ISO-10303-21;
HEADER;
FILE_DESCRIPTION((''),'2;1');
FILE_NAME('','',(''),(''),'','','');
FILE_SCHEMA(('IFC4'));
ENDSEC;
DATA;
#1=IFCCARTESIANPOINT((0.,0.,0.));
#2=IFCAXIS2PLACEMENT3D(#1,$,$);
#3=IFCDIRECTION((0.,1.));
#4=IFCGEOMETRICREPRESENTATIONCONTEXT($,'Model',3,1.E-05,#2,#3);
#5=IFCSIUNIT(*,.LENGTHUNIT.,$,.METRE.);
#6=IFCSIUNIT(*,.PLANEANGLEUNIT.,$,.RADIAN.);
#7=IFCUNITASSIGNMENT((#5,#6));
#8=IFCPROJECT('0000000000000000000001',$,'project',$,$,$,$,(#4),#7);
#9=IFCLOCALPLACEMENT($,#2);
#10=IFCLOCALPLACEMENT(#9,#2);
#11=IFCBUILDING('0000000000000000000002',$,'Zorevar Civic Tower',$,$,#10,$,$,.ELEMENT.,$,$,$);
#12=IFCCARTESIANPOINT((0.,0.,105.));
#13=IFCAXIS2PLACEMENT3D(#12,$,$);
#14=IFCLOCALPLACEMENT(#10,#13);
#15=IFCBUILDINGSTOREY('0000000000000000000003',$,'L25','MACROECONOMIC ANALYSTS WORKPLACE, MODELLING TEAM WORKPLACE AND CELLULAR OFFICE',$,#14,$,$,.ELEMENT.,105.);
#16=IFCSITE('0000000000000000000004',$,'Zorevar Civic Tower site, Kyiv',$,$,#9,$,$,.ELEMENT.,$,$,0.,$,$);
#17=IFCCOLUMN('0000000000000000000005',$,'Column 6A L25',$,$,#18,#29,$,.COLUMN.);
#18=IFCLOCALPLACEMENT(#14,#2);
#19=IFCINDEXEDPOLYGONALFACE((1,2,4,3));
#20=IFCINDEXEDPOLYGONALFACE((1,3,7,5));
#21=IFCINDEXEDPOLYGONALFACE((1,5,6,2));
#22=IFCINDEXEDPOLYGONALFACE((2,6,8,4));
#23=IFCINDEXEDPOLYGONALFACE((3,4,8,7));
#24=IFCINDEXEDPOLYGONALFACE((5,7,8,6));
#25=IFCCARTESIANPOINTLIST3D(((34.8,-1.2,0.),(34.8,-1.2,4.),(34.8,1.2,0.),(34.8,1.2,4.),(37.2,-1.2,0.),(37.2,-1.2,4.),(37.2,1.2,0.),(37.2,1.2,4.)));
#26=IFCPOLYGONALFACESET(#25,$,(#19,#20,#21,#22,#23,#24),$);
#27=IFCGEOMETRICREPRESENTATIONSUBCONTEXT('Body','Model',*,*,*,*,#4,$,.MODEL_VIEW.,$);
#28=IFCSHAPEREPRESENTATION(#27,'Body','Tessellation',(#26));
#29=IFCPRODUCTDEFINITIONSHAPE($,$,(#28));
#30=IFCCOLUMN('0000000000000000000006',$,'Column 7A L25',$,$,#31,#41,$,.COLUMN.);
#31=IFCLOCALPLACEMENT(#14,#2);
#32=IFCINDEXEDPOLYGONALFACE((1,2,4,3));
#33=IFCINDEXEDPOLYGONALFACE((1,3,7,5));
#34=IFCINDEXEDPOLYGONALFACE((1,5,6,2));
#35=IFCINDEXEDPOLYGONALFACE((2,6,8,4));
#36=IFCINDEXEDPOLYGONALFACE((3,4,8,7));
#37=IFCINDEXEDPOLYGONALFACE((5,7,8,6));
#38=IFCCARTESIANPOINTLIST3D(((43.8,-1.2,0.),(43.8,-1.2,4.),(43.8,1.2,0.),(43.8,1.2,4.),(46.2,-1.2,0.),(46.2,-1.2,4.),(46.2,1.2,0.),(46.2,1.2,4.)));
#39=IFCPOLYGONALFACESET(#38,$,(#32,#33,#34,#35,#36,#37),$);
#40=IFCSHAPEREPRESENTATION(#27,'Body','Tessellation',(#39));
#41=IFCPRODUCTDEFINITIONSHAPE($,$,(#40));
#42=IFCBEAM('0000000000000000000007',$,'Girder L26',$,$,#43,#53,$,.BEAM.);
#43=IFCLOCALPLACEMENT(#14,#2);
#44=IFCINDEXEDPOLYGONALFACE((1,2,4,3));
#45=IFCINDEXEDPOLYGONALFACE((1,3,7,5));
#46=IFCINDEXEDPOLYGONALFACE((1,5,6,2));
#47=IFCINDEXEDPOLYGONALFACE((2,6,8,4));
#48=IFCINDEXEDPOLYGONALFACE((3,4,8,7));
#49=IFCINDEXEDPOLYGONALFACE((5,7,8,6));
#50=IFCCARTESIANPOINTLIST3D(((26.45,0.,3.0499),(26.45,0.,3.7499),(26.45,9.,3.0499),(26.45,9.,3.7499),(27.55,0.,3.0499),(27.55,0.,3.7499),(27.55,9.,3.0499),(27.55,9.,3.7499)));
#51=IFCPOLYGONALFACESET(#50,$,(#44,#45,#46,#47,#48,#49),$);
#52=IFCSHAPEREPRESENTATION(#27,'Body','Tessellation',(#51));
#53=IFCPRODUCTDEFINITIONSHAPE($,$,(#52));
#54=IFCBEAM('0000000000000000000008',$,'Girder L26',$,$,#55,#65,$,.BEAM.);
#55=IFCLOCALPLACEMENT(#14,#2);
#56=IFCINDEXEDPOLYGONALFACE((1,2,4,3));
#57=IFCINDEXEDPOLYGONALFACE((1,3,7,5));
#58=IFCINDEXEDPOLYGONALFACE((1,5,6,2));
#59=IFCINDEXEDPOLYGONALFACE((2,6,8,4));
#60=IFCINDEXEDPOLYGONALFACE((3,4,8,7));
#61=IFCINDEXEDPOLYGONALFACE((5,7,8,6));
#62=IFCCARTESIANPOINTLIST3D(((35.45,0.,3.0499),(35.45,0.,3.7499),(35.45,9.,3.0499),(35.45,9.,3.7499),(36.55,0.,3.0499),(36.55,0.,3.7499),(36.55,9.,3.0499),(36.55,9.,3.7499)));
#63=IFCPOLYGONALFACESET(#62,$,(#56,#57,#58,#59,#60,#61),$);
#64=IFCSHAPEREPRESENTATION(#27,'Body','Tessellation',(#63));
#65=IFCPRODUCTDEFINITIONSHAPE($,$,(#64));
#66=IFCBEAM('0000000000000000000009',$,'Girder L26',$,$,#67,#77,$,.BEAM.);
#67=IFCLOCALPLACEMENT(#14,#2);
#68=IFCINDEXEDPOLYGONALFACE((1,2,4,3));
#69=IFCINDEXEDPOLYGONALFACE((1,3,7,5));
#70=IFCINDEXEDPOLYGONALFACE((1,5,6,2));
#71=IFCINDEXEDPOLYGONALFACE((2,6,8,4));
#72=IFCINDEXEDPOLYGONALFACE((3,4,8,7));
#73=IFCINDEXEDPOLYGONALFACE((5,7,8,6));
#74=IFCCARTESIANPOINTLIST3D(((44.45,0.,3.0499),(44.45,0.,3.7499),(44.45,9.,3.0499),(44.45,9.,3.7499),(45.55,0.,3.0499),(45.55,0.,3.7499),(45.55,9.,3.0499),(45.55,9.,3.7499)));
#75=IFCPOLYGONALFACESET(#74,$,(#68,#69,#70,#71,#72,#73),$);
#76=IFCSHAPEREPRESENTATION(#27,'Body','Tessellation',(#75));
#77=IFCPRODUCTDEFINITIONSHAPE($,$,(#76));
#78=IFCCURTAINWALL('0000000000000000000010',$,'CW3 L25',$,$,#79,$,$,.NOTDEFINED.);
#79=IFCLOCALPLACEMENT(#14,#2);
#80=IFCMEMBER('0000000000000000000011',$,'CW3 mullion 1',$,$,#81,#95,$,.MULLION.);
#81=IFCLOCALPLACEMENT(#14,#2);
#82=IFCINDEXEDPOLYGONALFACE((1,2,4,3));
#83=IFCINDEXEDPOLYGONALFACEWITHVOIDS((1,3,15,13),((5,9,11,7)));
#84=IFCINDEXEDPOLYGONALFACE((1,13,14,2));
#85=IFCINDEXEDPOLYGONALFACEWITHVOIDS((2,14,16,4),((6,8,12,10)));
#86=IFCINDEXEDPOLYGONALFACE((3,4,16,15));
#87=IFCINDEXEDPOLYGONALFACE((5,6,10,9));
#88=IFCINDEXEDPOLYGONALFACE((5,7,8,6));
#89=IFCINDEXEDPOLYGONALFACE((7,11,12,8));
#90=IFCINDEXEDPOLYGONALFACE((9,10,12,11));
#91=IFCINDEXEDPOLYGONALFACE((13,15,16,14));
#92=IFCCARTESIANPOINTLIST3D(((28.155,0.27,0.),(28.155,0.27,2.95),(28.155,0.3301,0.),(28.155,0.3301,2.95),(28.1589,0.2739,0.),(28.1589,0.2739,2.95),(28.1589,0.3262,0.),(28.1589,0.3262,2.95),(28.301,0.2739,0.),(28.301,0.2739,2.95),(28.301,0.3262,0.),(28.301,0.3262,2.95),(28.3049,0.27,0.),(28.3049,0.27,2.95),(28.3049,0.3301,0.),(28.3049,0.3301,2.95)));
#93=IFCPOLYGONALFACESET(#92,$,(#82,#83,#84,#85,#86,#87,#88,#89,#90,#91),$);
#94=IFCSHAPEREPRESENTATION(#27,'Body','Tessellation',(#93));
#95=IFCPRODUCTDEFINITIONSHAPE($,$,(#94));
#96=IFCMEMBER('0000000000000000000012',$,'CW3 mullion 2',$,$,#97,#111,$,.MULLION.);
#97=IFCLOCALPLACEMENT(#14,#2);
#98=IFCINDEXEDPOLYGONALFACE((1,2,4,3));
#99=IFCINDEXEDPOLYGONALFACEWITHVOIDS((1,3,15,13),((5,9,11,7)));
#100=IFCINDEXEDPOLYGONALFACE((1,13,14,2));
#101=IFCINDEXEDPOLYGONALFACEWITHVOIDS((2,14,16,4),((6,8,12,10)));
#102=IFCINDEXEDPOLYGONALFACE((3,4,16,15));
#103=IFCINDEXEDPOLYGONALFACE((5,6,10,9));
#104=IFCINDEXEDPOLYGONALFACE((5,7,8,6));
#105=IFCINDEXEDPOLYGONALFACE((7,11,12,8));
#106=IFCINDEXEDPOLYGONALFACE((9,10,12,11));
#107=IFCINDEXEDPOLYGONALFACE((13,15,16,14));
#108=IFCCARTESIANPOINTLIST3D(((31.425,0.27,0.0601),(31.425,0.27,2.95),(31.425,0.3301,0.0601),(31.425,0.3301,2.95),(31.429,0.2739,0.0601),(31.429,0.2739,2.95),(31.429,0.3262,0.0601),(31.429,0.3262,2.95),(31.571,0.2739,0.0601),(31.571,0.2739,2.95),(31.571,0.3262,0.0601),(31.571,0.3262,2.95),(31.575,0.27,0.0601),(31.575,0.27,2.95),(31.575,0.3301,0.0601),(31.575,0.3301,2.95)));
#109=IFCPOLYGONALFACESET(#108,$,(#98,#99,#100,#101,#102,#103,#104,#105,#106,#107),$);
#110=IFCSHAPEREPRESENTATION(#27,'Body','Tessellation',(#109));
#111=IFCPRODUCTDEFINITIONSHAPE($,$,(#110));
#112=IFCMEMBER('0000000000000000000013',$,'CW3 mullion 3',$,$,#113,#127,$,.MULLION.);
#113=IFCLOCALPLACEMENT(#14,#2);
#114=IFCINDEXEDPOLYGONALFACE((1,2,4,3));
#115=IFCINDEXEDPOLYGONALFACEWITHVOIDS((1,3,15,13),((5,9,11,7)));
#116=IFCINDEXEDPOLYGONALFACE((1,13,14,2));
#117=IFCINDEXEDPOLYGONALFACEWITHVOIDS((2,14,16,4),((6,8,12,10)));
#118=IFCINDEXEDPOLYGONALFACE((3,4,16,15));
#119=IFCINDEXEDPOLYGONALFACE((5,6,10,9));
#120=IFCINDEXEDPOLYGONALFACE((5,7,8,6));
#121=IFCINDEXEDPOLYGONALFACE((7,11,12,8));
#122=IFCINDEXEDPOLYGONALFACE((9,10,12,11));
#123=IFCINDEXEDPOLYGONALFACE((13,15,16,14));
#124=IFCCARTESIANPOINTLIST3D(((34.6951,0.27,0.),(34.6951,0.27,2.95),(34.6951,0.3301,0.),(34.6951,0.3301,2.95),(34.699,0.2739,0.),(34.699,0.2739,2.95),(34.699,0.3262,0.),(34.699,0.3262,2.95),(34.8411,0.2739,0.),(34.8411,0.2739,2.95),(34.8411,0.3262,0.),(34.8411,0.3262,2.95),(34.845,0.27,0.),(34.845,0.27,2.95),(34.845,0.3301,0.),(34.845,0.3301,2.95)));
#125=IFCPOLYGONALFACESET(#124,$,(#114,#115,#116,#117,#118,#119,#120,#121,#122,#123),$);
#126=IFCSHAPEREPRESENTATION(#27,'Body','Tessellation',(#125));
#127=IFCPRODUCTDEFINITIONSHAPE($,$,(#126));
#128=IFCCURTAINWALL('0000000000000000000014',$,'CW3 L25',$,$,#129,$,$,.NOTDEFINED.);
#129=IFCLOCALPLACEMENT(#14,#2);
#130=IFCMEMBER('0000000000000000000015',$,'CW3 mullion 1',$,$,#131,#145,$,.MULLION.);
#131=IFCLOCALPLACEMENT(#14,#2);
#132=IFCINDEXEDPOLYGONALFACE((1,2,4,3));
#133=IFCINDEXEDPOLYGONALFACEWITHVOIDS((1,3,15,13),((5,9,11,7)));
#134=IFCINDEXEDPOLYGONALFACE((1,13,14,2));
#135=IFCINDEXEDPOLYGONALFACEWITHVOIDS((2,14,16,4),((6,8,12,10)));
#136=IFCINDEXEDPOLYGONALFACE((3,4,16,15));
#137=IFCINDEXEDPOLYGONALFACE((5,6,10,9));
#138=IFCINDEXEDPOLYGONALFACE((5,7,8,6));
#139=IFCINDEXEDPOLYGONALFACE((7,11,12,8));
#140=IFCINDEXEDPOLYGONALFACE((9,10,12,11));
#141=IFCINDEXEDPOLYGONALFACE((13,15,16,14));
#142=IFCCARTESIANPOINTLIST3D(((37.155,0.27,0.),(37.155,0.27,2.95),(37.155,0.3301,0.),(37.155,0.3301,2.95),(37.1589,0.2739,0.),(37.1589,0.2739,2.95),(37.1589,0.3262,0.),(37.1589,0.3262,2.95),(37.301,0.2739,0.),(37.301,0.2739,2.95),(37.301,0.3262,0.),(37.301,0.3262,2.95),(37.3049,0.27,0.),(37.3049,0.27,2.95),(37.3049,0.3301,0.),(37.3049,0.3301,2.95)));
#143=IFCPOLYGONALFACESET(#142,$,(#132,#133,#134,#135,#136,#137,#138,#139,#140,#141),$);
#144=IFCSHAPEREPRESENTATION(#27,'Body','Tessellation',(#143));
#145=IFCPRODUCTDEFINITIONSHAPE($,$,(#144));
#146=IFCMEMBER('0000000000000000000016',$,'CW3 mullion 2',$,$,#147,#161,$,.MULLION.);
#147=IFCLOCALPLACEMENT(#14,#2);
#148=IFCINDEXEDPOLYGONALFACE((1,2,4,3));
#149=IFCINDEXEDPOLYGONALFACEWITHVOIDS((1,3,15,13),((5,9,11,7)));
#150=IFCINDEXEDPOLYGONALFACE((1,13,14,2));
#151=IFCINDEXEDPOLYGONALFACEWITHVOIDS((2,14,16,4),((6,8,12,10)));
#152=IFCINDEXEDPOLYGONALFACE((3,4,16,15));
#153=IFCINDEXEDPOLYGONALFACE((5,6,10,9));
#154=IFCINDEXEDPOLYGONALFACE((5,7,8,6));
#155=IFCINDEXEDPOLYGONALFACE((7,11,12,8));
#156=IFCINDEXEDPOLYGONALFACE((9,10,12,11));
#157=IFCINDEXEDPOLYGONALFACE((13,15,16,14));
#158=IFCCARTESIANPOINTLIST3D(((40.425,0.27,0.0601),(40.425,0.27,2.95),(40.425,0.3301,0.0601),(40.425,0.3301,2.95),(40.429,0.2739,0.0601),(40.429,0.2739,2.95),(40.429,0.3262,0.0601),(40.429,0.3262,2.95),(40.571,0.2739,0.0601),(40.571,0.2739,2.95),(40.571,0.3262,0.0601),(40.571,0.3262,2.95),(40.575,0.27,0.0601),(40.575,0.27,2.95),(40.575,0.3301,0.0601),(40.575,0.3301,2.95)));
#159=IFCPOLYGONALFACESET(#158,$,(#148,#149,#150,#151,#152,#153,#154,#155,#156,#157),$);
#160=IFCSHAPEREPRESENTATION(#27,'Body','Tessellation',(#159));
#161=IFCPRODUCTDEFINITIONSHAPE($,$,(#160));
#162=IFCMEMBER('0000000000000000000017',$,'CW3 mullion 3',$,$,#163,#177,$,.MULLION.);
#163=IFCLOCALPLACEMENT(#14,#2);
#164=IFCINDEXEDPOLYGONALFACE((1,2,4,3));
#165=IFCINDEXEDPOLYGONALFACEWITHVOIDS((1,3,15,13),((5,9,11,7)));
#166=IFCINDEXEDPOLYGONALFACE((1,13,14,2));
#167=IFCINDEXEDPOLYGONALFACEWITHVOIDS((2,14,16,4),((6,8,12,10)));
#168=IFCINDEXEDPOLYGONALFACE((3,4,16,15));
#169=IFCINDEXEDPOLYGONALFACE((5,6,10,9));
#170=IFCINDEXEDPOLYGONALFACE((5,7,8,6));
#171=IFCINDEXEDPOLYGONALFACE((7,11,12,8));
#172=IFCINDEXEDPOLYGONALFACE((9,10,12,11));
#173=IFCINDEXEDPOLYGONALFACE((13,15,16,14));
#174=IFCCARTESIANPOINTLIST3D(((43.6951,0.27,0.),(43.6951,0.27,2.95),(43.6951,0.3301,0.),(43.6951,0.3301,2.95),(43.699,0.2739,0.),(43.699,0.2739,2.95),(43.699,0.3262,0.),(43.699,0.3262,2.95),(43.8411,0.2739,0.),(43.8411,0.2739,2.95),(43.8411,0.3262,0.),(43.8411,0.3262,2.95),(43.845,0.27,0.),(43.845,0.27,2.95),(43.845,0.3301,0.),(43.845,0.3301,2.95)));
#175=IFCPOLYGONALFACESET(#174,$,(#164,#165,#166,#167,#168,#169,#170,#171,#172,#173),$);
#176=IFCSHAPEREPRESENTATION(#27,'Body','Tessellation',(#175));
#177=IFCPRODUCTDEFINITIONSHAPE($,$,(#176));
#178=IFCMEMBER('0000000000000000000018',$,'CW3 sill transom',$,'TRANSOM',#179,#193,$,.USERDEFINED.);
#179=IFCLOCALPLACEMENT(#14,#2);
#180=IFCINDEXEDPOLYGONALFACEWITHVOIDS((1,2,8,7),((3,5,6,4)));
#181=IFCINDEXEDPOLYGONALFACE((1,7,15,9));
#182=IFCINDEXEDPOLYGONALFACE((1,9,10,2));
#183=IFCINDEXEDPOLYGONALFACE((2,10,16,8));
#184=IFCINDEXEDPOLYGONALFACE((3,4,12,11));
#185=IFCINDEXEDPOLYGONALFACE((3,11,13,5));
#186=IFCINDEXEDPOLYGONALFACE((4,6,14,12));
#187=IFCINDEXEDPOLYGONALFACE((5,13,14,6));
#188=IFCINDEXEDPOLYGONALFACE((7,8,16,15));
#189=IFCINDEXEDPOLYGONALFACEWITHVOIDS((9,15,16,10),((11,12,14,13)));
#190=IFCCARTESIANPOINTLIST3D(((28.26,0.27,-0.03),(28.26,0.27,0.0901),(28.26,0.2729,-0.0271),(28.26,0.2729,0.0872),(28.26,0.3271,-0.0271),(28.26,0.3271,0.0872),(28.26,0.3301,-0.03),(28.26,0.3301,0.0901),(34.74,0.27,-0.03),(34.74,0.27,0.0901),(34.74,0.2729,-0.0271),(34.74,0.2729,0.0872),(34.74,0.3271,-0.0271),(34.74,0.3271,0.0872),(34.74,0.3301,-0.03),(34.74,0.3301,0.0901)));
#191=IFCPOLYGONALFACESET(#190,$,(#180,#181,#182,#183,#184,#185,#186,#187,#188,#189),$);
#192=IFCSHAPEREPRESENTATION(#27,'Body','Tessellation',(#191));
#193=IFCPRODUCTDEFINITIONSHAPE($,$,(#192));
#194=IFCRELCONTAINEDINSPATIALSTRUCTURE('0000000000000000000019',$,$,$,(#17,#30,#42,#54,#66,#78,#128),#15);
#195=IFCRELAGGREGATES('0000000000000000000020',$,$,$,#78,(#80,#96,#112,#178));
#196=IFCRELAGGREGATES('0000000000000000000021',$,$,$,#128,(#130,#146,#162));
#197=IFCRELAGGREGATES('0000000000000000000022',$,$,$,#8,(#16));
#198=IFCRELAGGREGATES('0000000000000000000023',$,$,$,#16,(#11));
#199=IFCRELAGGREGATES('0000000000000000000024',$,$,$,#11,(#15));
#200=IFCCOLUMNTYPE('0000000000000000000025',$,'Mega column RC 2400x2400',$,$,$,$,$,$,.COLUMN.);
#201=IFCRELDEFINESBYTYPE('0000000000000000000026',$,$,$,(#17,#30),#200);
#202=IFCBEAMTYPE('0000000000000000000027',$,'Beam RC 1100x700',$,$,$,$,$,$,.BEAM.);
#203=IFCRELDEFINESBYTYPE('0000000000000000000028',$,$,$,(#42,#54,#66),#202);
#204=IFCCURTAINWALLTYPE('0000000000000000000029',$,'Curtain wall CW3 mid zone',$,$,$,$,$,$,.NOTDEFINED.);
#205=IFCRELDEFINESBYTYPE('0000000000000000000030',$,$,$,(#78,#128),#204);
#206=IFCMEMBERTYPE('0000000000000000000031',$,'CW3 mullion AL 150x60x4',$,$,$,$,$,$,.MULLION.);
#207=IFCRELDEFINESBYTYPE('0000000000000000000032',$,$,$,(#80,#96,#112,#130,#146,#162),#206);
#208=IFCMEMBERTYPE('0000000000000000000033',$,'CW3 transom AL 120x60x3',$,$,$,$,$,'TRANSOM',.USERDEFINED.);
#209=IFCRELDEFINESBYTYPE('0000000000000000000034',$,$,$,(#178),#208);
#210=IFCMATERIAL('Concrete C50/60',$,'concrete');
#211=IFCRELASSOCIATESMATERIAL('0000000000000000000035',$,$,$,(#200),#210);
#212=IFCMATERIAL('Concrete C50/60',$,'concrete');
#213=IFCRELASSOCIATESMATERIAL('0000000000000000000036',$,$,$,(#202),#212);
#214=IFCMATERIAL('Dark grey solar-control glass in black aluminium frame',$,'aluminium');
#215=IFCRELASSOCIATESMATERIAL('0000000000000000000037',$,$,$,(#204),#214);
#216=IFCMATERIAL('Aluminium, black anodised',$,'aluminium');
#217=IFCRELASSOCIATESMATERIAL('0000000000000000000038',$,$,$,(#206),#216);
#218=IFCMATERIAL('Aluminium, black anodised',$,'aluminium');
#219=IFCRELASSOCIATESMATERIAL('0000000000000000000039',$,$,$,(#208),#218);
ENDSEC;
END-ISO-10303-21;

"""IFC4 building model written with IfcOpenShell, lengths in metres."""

from ifc_helpers import new_model, si_unit, direction, frame, origin, origin_2d, place, context, subcontext, project, spatial, rectangle, hollow_rectangle, extrude, material, material_profile, profile_set, type_object, element, aggregate, save


model = new_model("IFC4")

# Units and contexts
model_context = context("Model", 3, precision=1e-05, world=origin(), true_north=direction((0.0, 1.0)))
body_context = subcontext(model_context, "Body", "Model", "MODEL_VIEW")
ifc_project = project(units=[si_unit("LENGTHUNIT", "METRE"), si_unit("PLANEANGLEUNIT", "RADIAN")], contexts=[model_context])

# Site, building, storey
site_placement = place(None, origin())
site = spatial("IfcSite", under=ifc_project, at=site_placement, Name="Zorevar Civic Tower site, Kyiv", CompositionType="ELEMENT", RefElevation=0.0)
building_placement = place(site_placement, origin())
building = spatial("IfcBuilding", under=site, at=building_placement, Name="Zorevar Civic Tower", CompositionType="ELEMENT")
storey_placement = place(building_placement, frame((0.0, 0.0, 105.0)))
storey = spatial("IfcBuildingStorey", under=building, at=storey_placement, Name="L25", Description="MACROECONOMIC ANALYSTS WORKPLACE, MODELLING TEAM WORKPLACE AND CELLULAR OFFICE", CompositionType="ELEMENT", Elevation=105.0)

# Columns
ifc_material_1 = material(Name="Concrete C50/60", Category="concrete")
ifc_material_profile_1 = material_profile(ifc_material_1, rectangle(XDim=2.3999, YDim=2.3999, at=origin_2d()), Name="RC 2400x2400")
ifc_profile_set_1 = profile_set([ifc_material_profile_1], Name="Concrete C50/60")
column_type = type_object("IfcColumnType", Name="Mega column RC 2400x2400", PredefinedType="COLUMN", material=ifc_profile_set_1)
for number, where, z_axis, x_axis, name in (
    (1, (36.0, 0.0, 0.0), (0.0, 0.0, 1.0), (1.0, 0.0, 0.0), "Column 6A L25"),
    (2, (45.0, 0.0, 0.0), (0.0, 0.0, 1.0), (1.0, 0.0, 0.0), "Column 7A L25"),
):
    element("IfcColumn", number, at=place(storey_placement, frame(where, z_axis=z_axis, x_axis=x_axis)), inside=storey, type_object=column_type, Name=name, PredefinedType="COLUMN", context=body_context, shape_type="SweptSolid", body=[
        extrude(rectangle(XDim=2.3999, YDim=2.3999, at=origin_2d()), origin(), (0.0, 0.0, 1.0), 4.0),
    ])

# Beams
ifc_material_2 = material(Name="Concrete C50/60", Category="concrete")
ifc_material_profile_2 = material_profile(ifc_material_2, rectangle(XDim=1.1001, YDim=0.7, at=origin_2d()), Name="RC 1100x700")
ifc_profile_set_2 = profile_set([ifc_material_profile_2], Name="Concrete C50/60")
beam_type_1 = type_object("IfcBeamType", Name="Beam RC 1100x700", PredefinedType="BEAM", material=ifc_profile_set_2)
for number, where, z_axis, x_axis, name in (
    (3, (27.0, 0.0, 3.3999), (0.0, 1.0, 0.0), (-1.0, 0.0, 0.0), "Girder L26"),
    (4, (36.0, 0.0, 3.3999), (0.0, 1.0, 0.0), (-1.0, 0.0, 0.0), "Girder L26"),
    (5, (45.0, 0.0, 3.3999), (0.0, 1.0, 0.0), (-1.0, 0.0, 0.0), "Girder L26"),
):
    element("IfcBeam", number, at=place(storey_placement, frame(where, z_axis=z_axis, x_axis=x_axis)), inside=storey, type_object=beam_type_1, Name=name, PredefinedType="BEAM", context=body_context, shape_type="SweptSolid", body=[
        extrude(rectangle(XDim=1.1001, YDim=0.7, at=origin_2d()), origin(), (0.0, 0.0, 1.0), 9.0),
    ])

# Curtain walls, members
ifc_material_3 = material(Name="Dark grey solar-control glass in black aluminium frame", Category="aluminium")
curtain_wall_type = type_object("IfcCurtainWallType", Name="Curtain wall CW3 mid zone", PredefinedType="NOTDEFINED", material=ifc_material_3)
curtain_wall_1_placement = place(storey_placement, origin())
curtain_wall_1 = element("IfcCurtainWall", 6, at=curtain_wall_1_placement, inside=storey, type_object=curtain_wall_type, Name="CW3 L25", PredefinedType="NOTDEFINED")
ifc_material_4 = material(Name="Aluminium, black anodised", Category="aluminium")
ifc_material_profile_3 = material_profile(ifc_material_4, hollow_rectangle(XDim=0.0601, YDim=0.1499, WallThickness=0.0039, at=origin_2d()), Name="AL 150x60x4")
ifc_profile_set_3 = profile_set([ifc_material_profile_3], Name="Aluminium, black anodised")
member_type_1 = type_object("IfcMemberType", Name="CW3 mullion AL 150x60x4", PredefinedType="MULLION", material=ifc_profile_set_3)
member_1_placement = place(storey_placement, frame((28.23, 0.3, 0.0), z_axis=(0.0, 0.0, 1.0), x_axis=(0.0, 1.0, 0.0)))
member_1 = element("IfcMember", 7, at=member_1_placement, type_object=member_type_1, Name="CW3 mullion 1", PredefinedType="MULLION", context=body_context, shape_type="SweptSolid", body=[
    extrude(hollow_rectangle(XDim=0.0601, YDim=0.1499, WallThickness=0.0039, at=origin_2d()), origin(), (0.0, 0.0, 1.0), 2.95),
])
member_2_placement = place(storey_placement, frame((31.5, 0.3, 0.0601), z_axis=(0.0, 0.0, 1.0), x_axis=(0.0, 1.0, 0.0)))
member_2 = element("IfcMember", 8, at=member_2_placement, type_object=member_type_1, Name="CW3 mullion 2", PredefinedType="MULLION", context=body_context, shape_type="SweptSolid", body=[
    extrude(hollow_rectangle(XDim=0.0601, YDim=0.1499, WallThickness=0.0039, at=origin_2d()), origin(), (0.0, 0.0, 1.0), 2.8899),
])
member_3_placement = place(storey_placement, frame((34.77, 0.3, 0.0), z_axis=(0.0, 0.0, 1.0), x_axis=(0.0, 1.0, 0.0)))
member_3 = element("IfcMember", 9, at=member_3_placement, type_object=member_type_1, Name="CW3 mullion 3", PredefinedType="MULLION", context=body_context, shape_type="SweptSolid", body=[
    extrude(hollow_rectangle(XDim=0.0601, YDim=0.1499, WallThickness=0.0039, at=origin_2d()), origin(), (0.0, 0.0, 1.0), 2.95),
])
curtain_wall_2_placement = place(storey_placement, origin())
curtain_wall_2 = element("IfcCurtainWall", 10, at=curtain_wall_2_placement, inside=storey, type_object=curtain_wall_type, Name="CW3 L25", PredefinedType="NOTDEFINED")
member_4_placement = place(storey_placement, frame((37.23, 0.3, 0.0), z_axis=(0.0, 0.0, 1.0), x_axis=(0.0, 1.0, 0.0)))
member_4 = element("IfcMember", 11, at=member_4_placement, type_object=member_type_1, Name="CW3 mullion 1", PredefinedType="MULLION", context=body_context, shape_type="SweptSolid", body=[
    extrude(hollow_rectangle(XDim=0.0601, YDim=0.1499, WallThickness=0.0039, at=origin_2d()), origin(), (0.0, 0.0, 1.0), 2.95),
])
member_5_placement = place(storey_placement, frame((40.5, 0.3, 0.0601), z_axis=(0.0, 0.0, 1.0), x_axis=(0.0, 1.0, 0.0)))
member_5 = element("IfcMember", 12, at=member_5_placement, type_object=member_type_1, Name="CW3 mullion 2", PredefinedType="MULLION", context=body_context, shape_type="SweptSolid", body=[
    extrude(hollow_rectangle(XDim=0.0601, YDim=0.1499, WallThickness=0.0039, at=origin_2d()), origin(), (0.0, 0.0, 1.0), 2.8899),
])
member_6_placement = place(storey_placement, frame((43.77, 0.3, 0.0), z_axis=(0.0, 0.0, 1.0), x_axis=(0.0, 1.0, 0.0)))
member_6 = element("IfcMember", 13, at=member_6_placement, type_object=member_type_1, Name="CW3 mullion 3", PredefinedType="MULLION", context=body_context, shape_type="SweptSolid", body=[
    extrude(hollow_rectangle(XDim=0.0601, YDim=0.1499, WallThickness=0.0039, at=origin_2d()), origin(), (0.0, 0.0, 1.0), 2.95),
])

# Member
ifc_material_5 = material(Name="Aluminium, black anodised", Category="aluminium")
ifc_material_profile_4 = material_profile(ifc_material_5, hollow_rectangle(XDim=0.0601, YDim=0.1201, WallThickness=0.0029, at=origin_2d()), Name="AL 120x60x3")
ifc_profile_set_4 = profile_set([ifc_material_profile_4], Name="Aluminium, black anodised")
member_type_2 = type_object("IfcMemberType", Name="CW3 transom AL 120x60x3", ElementType="TRANSOM", PredefinedType="USERDEFINED", material=ifc_profile_set_4)
member_7_placement = place(storey_placement, frame((28.26, 0.3, 0.03), z_axis=(1.0, 0.0, 0.0), x_axis=(0.0, 1.0, 0.0)))
member_7 = element("IfcMember", 14, at=member_7_placement, type_object=member_type_2, Name="CW3 sill transom", ObjectType="TRANSOM", PredefinedType="USERDEFINED", context=body_context, shape_type="SweptSolid", body=[
    extrude(hollow_rectangle(XDim=0.0601, YDim=0.1201, WallThickness=0.0029, at=origin_2d()), origin(), (0.0, 0.0, 1.0), 6.48),
])

aggregate(curtain_wall_1, [member_1, member_2, member_3, member_7])
aggregate(curtain_wall_2, [member_4, member_5, member_6])

save(model, "model.ifc")
